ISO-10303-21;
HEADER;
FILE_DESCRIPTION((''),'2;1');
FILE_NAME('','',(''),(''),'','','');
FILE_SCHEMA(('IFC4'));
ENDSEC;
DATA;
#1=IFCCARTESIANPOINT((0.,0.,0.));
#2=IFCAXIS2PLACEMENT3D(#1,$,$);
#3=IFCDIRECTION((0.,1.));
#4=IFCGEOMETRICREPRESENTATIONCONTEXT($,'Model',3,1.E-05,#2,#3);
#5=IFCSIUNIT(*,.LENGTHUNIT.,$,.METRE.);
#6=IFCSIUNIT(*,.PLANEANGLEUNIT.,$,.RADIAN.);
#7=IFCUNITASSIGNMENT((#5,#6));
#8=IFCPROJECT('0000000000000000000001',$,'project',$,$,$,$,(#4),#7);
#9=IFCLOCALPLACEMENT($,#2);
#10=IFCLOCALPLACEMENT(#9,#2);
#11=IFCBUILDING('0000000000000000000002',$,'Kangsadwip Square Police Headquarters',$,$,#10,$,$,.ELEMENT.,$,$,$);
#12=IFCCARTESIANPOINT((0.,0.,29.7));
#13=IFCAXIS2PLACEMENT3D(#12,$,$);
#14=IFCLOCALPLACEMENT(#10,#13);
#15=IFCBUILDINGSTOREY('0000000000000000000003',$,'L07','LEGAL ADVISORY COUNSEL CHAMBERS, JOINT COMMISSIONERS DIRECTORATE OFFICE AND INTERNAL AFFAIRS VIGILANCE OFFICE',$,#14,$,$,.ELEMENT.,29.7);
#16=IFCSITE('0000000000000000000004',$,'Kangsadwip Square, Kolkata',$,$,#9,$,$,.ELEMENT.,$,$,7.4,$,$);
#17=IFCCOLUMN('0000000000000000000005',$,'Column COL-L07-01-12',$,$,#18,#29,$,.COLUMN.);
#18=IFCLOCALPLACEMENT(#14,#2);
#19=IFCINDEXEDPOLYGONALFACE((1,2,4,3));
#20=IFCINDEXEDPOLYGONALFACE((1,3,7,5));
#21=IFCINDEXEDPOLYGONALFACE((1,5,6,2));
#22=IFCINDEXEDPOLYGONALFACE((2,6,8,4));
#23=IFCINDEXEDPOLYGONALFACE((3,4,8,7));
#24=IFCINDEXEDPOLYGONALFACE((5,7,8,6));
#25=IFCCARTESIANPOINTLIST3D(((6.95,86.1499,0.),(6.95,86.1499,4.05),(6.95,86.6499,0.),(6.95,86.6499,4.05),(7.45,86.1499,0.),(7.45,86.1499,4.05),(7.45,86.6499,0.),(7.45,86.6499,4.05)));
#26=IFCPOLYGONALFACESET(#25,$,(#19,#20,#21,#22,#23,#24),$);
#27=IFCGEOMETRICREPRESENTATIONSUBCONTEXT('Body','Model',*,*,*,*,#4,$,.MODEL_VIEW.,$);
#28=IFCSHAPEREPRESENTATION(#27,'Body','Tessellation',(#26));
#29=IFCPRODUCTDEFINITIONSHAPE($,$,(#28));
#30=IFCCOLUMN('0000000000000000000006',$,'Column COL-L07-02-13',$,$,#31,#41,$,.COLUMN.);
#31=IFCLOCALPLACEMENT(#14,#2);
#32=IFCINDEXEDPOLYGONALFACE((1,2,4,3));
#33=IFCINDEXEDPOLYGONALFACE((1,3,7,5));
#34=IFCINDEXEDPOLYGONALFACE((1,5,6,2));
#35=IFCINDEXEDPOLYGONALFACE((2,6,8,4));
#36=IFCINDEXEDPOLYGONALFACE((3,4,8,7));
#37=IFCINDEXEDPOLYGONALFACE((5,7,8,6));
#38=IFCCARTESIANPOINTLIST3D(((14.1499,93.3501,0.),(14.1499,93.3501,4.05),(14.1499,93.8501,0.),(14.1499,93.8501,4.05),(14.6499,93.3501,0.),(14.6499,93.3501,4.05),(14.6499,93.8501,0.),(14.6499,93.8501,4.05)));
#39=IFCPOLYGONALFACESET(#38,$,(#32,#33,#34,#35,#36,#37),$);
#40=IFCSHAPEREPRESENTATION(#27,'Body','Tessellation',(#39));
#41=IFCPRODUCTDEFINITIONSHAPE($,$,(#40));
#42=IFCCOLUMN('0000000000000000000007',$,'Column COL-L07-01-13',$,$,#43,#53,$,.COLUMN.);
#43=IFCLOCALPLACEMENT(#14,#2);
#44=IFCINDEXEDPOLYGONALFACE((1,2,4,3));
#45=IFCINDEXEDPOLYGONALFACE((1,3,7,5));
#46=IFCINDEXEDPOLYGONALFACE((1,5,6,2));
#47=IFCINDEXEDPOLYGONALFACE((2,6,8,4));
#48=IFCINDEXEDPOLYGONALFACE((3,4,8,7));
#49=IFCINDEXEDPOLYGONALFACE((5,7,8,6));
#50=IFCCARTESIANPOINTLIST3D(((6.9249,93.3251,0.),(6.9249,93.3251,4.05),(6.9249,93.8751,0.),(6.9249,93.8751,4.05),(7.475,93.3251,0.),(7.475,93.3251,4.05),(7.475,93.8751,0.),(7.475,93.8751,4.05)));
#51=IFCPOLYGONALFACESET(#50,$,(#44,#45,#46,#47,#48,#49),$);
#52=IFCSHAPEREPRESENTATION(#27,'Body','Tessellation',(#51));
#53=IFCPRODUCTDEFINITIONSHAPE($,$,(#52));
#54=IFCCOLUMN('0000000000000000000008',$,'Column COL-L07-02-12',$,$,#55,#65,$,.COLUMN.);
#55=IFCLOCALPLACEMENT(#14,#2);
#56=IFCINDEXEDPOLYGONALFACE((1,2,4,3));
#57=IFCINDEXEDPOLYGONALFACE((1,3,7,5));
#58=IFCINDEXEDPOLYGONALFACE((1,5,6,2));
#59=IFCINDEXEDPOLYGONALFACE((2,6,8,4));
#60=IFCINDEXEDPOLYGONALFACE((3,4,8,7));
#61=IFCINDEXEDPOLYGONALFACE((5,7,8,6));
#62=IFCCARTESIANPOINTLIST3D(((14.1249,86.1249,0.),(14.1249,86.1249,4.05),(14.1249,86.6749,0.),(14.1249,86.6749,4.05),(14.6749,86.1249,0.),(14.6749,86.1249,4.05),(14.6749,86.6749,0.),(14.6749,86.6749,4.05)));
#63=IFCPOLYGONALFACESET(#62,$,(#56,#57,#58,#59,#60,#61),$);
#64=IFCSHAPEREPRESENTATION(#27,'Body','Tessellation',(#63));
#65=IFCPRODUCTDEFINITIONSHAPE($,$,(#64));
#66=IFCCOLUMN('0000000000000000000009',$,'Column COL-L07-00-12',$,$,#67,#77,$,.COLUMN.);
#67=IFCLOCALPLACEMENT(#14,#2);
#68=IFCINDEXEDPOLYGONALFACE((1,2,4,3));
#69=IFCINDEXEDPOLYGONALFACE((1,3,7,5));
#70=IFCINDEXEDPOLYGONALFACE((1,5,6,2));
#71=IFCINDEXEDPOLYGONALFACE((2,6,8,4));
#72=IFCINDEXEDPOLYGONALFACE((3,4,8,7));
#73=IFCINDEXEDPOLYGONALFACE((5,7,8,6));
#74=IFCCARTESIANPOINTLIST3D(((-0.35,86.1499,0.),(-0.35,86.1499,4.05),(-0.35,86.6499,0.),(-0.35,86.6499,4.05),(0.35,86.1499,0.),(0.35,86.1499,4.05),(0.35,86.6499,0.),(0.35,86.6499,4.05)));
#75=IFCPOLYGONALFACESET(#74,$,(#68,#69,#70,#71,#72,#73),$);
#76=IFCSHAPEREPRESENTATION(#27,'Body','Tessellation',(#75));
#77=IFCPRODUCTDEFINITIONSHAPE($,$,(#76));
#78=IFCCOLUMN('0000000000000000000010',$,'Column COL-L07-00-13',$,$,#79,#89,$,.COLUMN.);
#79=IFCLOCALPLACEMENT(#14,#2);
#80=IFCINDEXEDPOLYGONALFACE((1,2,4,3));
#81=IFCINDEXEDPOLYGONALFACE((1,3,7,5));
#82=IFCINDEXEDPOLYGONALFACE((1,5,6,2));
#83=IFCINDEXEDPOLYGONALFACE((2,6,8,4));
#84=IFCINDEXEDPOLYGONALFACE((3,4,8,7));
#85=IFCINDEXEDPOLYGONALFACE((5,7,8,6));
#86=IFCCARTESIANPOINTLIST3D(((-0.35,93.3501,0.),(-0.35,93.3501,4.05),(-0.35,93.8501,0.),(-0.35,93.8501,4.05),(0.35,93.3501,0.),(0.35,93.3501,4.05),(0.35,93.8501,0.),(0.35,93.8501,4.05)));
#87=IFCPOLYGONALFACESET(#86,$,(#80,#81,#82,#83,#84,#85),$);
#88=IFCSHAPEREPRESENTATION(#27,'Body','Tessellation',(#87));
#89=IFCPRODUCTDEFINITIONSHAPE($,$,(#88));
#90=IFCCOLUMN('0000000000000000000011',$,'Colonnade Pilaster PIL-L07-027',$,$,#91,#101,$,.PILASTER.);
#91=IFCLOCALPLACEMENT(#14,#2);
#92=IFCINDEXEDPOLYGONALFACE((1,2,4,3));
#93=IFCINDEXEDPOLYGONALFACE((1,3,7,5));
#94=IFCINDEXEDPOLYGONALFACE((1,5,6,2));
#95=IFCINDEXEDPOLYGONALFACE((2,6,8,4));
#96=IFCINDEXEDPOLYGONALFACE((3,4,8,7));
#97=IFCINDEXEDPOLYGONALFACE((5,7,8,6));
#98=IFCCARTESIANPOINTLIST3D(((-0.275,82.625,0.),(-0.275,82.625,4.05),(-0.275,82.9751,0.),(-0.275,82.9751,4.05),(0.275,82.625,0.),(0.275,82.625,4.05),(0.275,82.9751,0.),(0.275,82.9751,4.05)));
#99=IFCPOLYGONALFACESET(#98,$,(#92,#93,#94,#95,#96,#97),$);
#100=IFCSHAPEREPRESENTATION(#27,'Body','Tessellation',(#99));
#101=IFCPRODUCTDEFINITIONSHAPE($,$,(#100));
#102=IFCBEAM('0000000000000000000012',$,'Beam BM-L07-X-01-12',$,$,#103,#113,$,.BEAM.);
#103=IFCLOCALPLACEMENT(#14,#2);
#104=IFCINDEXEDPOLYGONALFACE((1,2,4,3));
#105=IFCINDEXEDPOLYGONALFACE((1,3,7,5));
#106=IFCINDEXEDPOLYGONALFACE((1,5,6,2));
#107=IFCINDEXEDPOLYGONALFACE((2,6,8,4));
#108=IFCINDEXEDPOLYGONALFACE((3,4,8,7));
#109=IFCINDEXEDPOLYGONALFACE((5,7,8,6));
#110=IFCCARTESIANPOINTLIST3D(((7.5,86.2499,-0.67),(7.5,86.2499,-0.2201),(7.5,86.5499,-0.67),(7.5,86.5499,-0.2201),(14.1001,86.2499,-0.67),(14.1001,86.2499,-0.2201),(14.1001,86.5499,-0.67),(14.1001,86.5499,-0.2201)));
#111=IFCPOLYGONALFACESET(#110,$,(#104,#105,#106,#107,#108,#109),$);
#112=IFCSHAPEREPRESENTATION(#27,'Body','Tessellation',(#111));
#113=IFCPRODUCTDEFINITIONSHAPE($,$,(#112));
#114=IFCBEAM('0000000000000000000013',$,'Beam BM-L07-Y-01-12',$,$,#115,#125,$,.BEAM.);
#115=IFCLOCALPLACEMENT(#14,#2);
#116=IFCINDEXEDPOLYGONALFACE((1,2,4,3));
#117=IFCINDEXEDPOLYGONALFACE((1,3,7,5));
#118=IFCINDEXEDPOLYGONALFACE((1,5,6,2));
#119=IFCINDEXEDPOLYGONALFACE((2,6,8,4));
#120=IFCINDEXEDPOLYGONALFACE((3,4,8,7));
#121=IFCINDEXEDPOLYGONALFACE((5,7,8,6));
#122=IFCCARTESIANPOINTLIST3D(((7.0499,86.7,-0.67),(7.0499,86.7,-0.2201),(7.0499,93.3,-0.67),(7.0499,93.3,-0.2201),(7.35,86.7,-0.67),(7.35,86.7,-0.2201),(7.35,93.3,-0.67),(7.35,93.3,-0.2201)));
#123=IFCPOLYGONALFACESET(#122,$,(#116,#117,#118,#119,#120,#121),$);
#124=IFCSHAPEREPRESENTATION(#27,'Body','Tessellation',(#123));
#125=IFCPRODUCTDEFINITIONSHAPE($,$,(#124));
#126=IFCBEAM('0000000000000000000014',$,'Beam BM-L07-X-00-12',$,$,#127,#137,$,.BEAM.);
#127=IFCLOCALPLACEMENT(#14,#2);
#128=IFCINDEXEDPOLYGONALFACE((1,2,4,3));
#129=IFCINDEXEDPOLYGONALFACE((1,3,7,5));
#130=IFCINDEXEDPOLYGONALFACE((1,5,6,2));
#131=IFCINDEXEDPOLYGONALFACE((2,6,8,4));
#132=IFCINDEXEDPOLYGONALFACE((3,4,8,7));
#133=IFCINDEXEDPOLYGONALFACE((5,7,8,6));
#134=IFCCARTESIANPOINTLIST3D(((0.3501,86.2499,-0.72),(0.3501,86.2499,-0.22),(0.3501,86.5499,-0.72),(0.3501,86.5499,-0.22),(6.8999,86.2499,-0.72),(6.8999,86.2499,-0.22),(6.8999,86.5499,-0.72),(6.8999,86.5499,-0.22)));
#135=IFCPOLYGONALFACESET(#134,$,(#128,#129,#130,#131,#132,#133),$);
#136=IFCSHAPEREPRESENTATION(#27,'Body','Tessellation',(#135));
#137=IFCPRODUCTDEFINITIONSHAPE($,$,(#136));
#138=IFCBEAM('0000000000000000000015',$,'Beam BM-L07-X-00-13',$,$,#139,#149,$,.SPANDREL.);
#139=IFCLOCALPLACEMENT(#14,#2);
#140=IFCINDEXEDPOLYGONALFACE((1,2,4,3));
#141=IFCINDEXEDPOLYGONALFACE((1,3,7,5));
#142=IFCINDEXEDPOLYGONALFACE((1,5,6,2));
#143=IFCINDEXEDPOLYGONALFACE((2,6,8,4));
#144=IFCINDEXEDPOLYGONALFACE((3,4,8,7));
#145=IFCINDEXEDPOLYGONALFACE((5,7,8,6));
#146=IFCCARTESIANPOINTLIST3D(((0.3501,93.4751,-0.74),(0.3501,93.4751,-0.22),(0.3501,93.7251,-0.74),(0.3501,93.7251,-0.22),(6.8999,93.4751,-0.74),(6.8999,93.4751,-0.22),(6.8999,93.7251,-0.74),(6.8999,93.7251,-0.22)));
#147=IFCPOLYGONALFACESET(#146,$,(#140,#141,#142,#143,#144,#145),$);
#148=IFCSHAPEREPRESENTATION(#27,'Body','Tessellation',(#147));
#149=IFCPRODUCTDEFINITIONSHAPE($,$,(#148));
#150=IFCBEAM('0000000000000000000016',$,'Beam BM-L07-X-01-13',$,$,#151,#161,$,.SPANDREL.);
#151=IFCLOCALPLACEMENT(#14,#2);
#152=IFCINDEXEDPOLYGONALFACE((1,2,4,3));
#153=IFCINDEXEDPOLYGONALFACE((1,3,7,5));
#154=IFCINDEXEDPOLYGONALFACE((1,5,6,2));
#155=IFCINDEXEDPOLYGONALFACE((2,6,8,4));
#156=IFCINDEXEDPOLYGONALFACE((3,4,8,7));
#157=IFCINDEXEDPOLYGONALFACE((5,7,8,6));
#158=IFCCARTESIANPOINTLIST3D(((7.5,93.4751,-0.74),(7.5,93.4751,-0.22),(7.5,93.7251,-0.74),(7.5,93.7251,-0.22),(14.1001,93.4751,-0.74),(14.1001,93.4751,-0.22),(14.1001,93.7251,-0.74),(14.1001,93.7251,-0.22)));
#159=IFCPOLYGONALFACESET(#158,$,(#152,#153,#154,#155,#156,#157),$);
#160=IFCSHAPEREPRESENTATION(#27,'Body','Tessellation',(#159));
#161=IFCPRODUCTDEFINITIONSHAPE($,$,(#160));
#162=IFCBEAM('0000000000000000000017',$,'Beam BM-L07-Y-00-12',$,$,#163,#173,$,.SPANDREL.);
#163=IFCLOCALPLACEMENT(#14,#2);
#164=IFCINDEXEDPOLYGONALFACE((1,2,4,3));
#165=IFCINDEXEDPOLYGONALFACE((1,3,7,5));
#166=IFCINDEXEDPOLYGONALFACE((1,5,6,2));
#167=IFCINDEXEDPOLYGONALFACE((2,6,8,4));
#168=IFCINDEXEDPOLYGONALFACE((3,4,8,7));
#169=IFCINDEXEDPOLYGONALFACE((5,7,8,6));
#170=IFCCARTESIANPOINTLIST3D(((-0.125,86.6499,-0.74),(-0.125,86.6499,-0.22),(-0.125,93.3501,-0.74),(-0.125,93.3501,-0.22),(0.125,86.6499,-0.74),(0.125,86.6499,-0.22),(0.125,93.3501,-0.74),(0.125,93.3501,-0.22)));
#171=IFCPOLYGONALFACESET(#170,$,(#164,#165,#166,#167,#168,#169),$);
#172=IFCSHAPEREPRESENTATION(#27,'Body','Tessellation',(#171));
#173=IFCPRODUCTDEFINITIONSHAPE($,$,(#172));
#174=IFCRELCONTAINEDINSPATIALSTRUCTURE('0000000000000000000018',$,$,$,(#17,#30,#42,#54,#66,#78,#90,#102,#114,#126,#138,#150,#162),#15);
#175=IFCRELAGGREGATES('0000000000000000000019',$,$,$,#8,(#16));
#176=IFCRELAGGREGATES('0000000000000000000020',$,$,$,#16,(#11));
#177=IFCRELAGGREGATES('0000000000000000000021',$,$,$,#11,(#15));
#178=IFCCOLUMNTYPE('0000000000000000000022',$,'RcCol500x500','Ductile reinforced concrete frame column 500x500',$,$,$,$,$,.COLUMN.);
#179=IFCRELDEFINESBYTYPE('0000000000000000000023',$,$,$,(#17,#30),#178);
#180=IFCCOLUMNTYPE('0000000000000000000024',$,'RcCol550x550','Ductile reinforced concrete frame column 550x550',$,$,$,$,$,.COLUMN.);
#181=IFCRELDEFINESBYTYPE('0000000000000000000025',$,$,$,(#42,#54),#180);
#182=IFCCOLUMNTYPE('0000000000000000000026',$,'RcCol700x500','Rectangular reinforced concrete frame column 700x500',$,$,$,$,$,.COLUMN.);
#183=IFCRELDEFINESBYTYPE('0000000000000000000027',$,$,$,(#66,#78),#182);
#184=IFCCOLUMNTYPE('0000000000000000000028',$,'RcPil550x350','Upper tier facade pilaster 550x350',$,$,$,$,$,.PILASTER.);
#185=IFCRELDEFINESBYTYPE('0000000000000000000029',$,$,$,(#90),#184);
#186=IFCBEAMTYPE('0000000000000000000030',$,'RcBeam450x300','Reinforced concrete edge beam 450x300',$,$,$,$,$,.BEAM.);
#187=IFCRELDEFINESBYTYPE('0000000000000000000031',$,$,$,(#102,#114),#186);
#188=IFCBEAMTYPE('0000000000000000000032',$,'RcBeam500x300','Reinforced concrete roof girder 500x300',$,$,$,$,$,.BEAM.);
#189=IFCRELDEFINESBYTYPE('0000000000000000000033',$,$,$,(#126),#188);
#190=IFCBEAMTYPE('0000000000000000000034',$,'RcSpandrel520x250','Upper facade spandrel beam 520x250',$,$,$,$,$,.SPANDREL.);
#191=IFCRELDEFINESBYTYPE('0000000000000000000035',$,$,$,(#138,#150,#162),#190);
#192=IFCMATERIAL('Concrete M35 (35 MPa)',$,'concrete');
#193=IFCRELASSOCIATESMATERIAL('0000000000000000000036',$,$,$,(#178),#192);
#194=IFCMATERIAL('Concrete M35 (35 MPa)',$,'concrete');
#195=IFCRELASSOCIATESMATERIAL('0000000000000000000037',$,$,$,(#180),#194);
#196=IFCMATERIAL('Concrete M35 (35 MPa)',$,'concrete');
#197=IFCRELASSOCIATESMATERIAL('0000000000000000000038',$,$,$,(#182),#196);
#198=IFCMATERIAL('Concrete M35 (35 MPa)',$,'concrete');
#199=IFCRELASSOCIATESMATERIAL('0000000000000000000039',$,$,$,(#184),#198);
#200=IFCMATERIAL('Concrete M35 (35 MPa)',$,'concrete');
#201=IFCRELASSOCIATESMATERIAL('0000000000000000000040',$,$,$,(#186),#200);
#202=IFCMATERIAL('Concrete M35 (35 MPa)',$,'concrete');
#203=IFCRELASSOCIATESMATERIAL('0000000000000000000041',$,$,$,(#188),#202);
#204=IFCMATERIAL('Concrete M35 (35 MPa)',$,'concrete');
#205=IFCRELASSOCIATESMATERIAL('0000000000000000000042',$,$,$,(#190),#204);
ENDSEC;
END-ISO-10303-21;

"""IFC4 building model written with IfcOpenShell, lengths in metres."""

from ifc_helpers import new_model, si_unit, direction, frame, origin, origin_2d, place, context, subcontext, project, spatial, rectangle, extrude, material, material_profile, profile_set, type_object, element, save


model = new_model("IFC4")

# Units and contexts
model_context = context("Model", 3, precision=1e-05, world=origin(), true_north=direction((0.0, 1.0)))
body_context = subcontext(model_context, "Body", "Model", "MODEL_VIEW")
ifc_project = project(units=[si_unit("LENGTHUNIT", "METRE"), si_unit("PLANEANGLEUNIT", "RADIAN")], contexts=[model_context])

# Site, building, storey
site_placement = place(None, origin())
site = spatial("IfcSite", under=ifc_project, at=site_placement, Name="Kangsadwip Square, Kolkata", CompositionType="ELEMENT", RefElevation=7.4)
building_placement = place(site_placement, origin())
building = spatial("IfcBuilding", under=site, at=building_placement, Name="Kangsadwip Square Police Headquarters", CompositionType="ELEMENT")
storey_placement = place(building_placement, frame((0.0, 0.0, 29.7)))
storey = spatial("IfcBuildingStorey", under=building, at=storey_placement, Name="L07", Description="LEGAL ADVISORY COUNSEL CHAMBERS, JOINT COMMISSIONERS DIRECTORATE OFFICE AND INTERNAL AFFAIRS VIGILANCE OFFICE", CompositionType="ELEMENT", Elevation=29.7)

# Columns
ifc_material_1 = material(Name="Concrete M35 (35 MPa)", Category="concrete")
ifc_material_profile_1 = material_profile(ifc_material_1, rectangle(XDim=0.5, YDim=0.5, at=origin_2d()), Name="RC COL 500X500")
ifc_profile_set_1 = profile_set([ifc_material_profile_1], Name="Concrete M35 (35 MPa)")
column_type_1 = type_object("IfcColumnType", Name="RcCol500x500", Description="Ductile reinforced concrete frame column 500x500", PredefinedType="COLUMN", material=ifc_profile_set_1)
for number, where, z_axis, x_axis, name in (
    (1, (7.2, 86.3999, 0.0), (0.0, 0.0, 1.0), (1.0, 0.0, 0.0), "Column COL-L07-01-12"),
    (2, (14.3999, 93.6001, 0.0), (0.0, 0.0, 1.0), (1.0, 0.0, 0.0), "Column COL-L07-02-13"),
):
    element("IfcColumn", number, at=place(storey_placement, frame(where, z_axis=z_axis, x_axis=x_axis)), inside=storey, type_object=column_type_1, Name=name, PredefinedType="COLUMN", context=body_context, shape_type="SweptSolid", body=[
        extrude(rectangle(XDim=0.5, YDim=0.5, at=origin_2d()), origin(), (0.0, 0.0, 1.0), 4.05),
    ])
ifc_material_2 = material(Name="Concrete M35 (35 MPa)", Category="concrete")
ifc_material_profile_2 = material_profile(ifc_material_2, rectangle(XDim=0.55, YDim=0.55, at=origin_2d()), Name="RC COL 550X550")
ifc_profile_set_2 = profile_set([ifc_material_profile_2], Name="Concrete M35 (35 MPa)")
column_type_2 = type_object("IfcColumnType", Name="RcCol550x550", Description="Ductile reinforced concrete frame column 550x550", PredefinedType="COLUMN", material=ifc_profile_set_2)
for number, where, z_axis, x_axis, name in (
    (3, (7.2, 93.6001, 0.0), (0.0, 0.0, 1.0), (1.0, 0.0, 0.0), "Column COL-L07-01-13"),
    (4, (14.3999, 86.3999, 0.0), (0.0, 0.0, 1.0), (1.0, 0.0, 0.0), "Column COL-L07-02-12"),
):
    element("IfcColumn", number, at=place(storey_placement, frame(where, z_axis=z_axis, x_axis=x_axis)), inside=storey, type_object=column_type_2, Name=name, PredefinedType="COLUMN", context=body_context, shape_type="SweptSolid", body=[
        extrude(rectangle(XDim=0.55, YDim=0.55, at=origin_2d()), origin(), (0.0, 0.0, 1.0), 4.05),
    ])
ifc_material_3 = material(Name="Concrete M35 (35 MPa)", Category="concrete")
ifc_material_profile_3 = material_profile(ifc_material_3, rectangle(XDim=0.5, YDim=0.7, at=origin_2d()), Name="RC COL 700X500")
ifc_profile_set_3 = profile_set([ifc_material_profile_3], Name="Concrete M35 (35 MPa)")
column_type_3 = type_object("IfcColumnType", Name="RcCol700x500", Description="Rectangular reinforced concrete frame column 700x500", PredefinedType="COLUMN", material=ifc_profile_set_3)
for number, where, z_axis, x_axis, name in (
    (5, (0.0, 86.3999, 0.0), (0.0, 0.0, 1.0), (0.0, 1.0, 0.0), "Column COL-L07-00-12"),
    (6, (0.0, 93.6001, 0.0), (0.0, 0.0, 1.0), (0.0, 1.0, 0.0), "Column COL-L07-00-13"),
):
    element("IfcColumn", number, at=place(storey_placement, frame(where, z_axis=z_axis, x_axis=x_axis)), inside=storey, type_object=column_type_3, Name=name, PredefinedType="COLUMN", context=body_context, shape_type="SweptSolid", body=[
        extrude(rectangle(XDim=0.5, YDim=0.7, at=origin_2d()), origin(), (0.0, 0.0, 1.0), 4.05),
    ])
ifc_material_4 = material(Name="Concrete M35 (35 MPa)", Category="concrete")
ifc_material_profile_4 = material_profile(ifc_material_4, rectangle(XDim=0.3501, YDim=0.55, at=origin_2d()), Name="RC PIL 550X350")
ifc_profile_set_4 = profile_set([ifc_material_profile_4], Name="Concrete M35 (35 MPa)")
column_type_4 = type_object("IfcColumnType", Name="RcPil550x350", Description="Upper tier facade pilaster 550x350", PredefinedType="PILASTER", material=ifc_profile_set_4)
column_placement = place(storey_placement, frame((0.0, 82.8, 0.0), z_axis=(0.0, 0.0, 1.0), x_axis=(0.0, 1.0, 0.0)))
element("IfcColumn", 7, at=column_placement, inside=storey, type_object=column_type_4, Name="Colonnade Pilaster PIL-L07-027", PredefinedType="PILASTER", context=body_context, shape_type="SweptSolid", body=[
    extrude(rectangle(XDim=0.3501, YDim=0.55, at=origin_2d()), origin(), (0.0, 0.0, 1.0), 4.05),
])

# Beams
ifc_material_5 = material(Name="Concrete M35 (35 MPa)", Category="concrete")
ifc_material_profile_5 = material_profile(ifc_material_5, rectangle(XDim=0.3, YDim=0.45, at=origin_2d()), Name="RC BM 450X300")
ifc_profile_set_5 = profile_set([ifc_material_profile_5], Name="Concrete M35 (35 MPa)")
beam_type_1 = type_object("IfcBeamType", Name="RcBeam450x300", Description="Reinforced concrete edge beam 450x300", PredefinedType="BEAM", material=ifc_profile_set_5)
for number, where, z_axis, x_axis, name in (
    (8, (7.5, 86.3999, -0.4451), (1.0, 0.0, 0.0), (0.0, 1.0, 0.0), "Beam BM-L07-X-01-12"),
    (9, (7.2, 86.7, -0.4451), (0.0, 1.0, 0.0), (-1.0, 0.0, 0.0), "Beam BM-L07-Y-01-12"),
):
    element("IfcBeam", number, at=place(storey_placement, frame(where, z_axis=z_axis, x_axis=x_axis)), inside=storey, type_object=beam_type_1, Name=name, PredefinedType="BEAM", context=body_context, shape_type="SweptSolid", body=[
        extrude(rectangle(XDim=0.3, YDim=0.45, at=origin_2d()), origin(), (0.0, 0.0, 1.0), 6.6001),
    ])
ifc_material_6 = material(Name="Concrete M35 (35 MPa)", Category="concrete")
ifc_material_profile_6 = material_profile(ifc_material_6, rectangle(XDim=0.3, YDim=0.5, at=origin_2d()), Name="RC BM 500X300")
ifc_profile_set_6 = profile_set([ifc_material_profile_6], Name="Concrete M35 (35 MPa)")
beam_type_2 = type_object("IfcBeamType", Name="RcBeam500x300", Description="Reinforced concrete roof girder 500x300", PredefinedType="BEAM", material=ifc_profile_set_6)
beam_1_placement = place(storey_placement, frame((0.3501, 86.3999, -0.47), z_axis=(1.0, 0.0, 0.0), x_axis=(0.0, 1.0, 0.0)))
element("IfcBeam", 10, at=beam_1_placement, inside=storey, type_object=beam_type_2, Name="Beam BM-L07-X-00-12", PredefinedType="BEAM", context=body_context, shape_type="SweptSolid", body=[
    extrude(rectangle(XDim=0.3, YDim=0.5, at=origin_2d()), origin(), (0.0, 0.0, 1.0), 6.5498),
])
ifc_material_7 = material(Name="Concrete M35 (35 MPa)", Category="concrete")
ifc_material_profile_7 = material_profile(ifc_material_7, rectangle(XDim=0.25, YDim=0.52, at=origin_2d()), Name="RC SPN 520X250")
ifc_profile_set_7 = profile_set([ifc_material_profile_7], Name="Concrete M35 (35 MPa)")
beam_type_3 = type_object("IfcBeamType", Name="RcSpandrel520x250", Description="Upper facade spandrel beam 520x250", PredefinedType="SPANDREL", material=ifc_profile_set_7)
beam_2_placement = place(storey_placement, frame((0.3501, 93.6001, -0.48), z_axis=(1.0, 0.0, 0.0), x_axis=(0.0, 1.0, 0.0)))
element("IfcBeam", 11, at=beam_2_placement, inside=storey, type_object=beam_type_3, Name="Beam BM-L07-X-00-13", PredefinedType="SPANDREL", context=body_context, shape_type="SweptSolid", body=[
    extrude(rectangle(XDim=0.25, YDim=0.52, at=origin_2d()), origin(), (0.0, 0.0, 1.0), 6.5498),
])
beam_3_placement = place(storey_placement, frame((7.5, 93.6001, -0.48), z_axis=(1.0, 0.0, 0.0), x_axis=(0.0, 1.0, 0.0)))
element("IfcBeam", 12, at=beam_3_placement, inside=storey, type_object=beam_type_3, Name="Beam BM-L07-X-01-13", PredefinedType="SPANDREL", context=body_context, shape_type="SweptSolid", body=[
    extrude(rectangle(XDim=0.25, YDim=0.52, at=origin_2d()), origin(), (0.0, 0.0, 1.0), 6.6001),
])
beam_4_placement = place(storey_placement, frame((0.0, 86.6499, -0.48), z_axis=(0.0, 1.0, 0.0), x_axis=(-1.0, 0.0, 0.0)))
element("IfcBeam", 13, at=beam_4_placement, inside=storey, type_object=beam_type_3, Name="Beam BM-L07-Y-00-12", PredefinedType="SPANDREL", context=body_context, shape_type="SweptSolid", body=[
    extrude(rectangle(XDim=0.25, YDim=0.52, at=origin_2d()), origin(), (0.0, 0.0, 1.0), 6.7002),
])

save(model, "model.ifc")
